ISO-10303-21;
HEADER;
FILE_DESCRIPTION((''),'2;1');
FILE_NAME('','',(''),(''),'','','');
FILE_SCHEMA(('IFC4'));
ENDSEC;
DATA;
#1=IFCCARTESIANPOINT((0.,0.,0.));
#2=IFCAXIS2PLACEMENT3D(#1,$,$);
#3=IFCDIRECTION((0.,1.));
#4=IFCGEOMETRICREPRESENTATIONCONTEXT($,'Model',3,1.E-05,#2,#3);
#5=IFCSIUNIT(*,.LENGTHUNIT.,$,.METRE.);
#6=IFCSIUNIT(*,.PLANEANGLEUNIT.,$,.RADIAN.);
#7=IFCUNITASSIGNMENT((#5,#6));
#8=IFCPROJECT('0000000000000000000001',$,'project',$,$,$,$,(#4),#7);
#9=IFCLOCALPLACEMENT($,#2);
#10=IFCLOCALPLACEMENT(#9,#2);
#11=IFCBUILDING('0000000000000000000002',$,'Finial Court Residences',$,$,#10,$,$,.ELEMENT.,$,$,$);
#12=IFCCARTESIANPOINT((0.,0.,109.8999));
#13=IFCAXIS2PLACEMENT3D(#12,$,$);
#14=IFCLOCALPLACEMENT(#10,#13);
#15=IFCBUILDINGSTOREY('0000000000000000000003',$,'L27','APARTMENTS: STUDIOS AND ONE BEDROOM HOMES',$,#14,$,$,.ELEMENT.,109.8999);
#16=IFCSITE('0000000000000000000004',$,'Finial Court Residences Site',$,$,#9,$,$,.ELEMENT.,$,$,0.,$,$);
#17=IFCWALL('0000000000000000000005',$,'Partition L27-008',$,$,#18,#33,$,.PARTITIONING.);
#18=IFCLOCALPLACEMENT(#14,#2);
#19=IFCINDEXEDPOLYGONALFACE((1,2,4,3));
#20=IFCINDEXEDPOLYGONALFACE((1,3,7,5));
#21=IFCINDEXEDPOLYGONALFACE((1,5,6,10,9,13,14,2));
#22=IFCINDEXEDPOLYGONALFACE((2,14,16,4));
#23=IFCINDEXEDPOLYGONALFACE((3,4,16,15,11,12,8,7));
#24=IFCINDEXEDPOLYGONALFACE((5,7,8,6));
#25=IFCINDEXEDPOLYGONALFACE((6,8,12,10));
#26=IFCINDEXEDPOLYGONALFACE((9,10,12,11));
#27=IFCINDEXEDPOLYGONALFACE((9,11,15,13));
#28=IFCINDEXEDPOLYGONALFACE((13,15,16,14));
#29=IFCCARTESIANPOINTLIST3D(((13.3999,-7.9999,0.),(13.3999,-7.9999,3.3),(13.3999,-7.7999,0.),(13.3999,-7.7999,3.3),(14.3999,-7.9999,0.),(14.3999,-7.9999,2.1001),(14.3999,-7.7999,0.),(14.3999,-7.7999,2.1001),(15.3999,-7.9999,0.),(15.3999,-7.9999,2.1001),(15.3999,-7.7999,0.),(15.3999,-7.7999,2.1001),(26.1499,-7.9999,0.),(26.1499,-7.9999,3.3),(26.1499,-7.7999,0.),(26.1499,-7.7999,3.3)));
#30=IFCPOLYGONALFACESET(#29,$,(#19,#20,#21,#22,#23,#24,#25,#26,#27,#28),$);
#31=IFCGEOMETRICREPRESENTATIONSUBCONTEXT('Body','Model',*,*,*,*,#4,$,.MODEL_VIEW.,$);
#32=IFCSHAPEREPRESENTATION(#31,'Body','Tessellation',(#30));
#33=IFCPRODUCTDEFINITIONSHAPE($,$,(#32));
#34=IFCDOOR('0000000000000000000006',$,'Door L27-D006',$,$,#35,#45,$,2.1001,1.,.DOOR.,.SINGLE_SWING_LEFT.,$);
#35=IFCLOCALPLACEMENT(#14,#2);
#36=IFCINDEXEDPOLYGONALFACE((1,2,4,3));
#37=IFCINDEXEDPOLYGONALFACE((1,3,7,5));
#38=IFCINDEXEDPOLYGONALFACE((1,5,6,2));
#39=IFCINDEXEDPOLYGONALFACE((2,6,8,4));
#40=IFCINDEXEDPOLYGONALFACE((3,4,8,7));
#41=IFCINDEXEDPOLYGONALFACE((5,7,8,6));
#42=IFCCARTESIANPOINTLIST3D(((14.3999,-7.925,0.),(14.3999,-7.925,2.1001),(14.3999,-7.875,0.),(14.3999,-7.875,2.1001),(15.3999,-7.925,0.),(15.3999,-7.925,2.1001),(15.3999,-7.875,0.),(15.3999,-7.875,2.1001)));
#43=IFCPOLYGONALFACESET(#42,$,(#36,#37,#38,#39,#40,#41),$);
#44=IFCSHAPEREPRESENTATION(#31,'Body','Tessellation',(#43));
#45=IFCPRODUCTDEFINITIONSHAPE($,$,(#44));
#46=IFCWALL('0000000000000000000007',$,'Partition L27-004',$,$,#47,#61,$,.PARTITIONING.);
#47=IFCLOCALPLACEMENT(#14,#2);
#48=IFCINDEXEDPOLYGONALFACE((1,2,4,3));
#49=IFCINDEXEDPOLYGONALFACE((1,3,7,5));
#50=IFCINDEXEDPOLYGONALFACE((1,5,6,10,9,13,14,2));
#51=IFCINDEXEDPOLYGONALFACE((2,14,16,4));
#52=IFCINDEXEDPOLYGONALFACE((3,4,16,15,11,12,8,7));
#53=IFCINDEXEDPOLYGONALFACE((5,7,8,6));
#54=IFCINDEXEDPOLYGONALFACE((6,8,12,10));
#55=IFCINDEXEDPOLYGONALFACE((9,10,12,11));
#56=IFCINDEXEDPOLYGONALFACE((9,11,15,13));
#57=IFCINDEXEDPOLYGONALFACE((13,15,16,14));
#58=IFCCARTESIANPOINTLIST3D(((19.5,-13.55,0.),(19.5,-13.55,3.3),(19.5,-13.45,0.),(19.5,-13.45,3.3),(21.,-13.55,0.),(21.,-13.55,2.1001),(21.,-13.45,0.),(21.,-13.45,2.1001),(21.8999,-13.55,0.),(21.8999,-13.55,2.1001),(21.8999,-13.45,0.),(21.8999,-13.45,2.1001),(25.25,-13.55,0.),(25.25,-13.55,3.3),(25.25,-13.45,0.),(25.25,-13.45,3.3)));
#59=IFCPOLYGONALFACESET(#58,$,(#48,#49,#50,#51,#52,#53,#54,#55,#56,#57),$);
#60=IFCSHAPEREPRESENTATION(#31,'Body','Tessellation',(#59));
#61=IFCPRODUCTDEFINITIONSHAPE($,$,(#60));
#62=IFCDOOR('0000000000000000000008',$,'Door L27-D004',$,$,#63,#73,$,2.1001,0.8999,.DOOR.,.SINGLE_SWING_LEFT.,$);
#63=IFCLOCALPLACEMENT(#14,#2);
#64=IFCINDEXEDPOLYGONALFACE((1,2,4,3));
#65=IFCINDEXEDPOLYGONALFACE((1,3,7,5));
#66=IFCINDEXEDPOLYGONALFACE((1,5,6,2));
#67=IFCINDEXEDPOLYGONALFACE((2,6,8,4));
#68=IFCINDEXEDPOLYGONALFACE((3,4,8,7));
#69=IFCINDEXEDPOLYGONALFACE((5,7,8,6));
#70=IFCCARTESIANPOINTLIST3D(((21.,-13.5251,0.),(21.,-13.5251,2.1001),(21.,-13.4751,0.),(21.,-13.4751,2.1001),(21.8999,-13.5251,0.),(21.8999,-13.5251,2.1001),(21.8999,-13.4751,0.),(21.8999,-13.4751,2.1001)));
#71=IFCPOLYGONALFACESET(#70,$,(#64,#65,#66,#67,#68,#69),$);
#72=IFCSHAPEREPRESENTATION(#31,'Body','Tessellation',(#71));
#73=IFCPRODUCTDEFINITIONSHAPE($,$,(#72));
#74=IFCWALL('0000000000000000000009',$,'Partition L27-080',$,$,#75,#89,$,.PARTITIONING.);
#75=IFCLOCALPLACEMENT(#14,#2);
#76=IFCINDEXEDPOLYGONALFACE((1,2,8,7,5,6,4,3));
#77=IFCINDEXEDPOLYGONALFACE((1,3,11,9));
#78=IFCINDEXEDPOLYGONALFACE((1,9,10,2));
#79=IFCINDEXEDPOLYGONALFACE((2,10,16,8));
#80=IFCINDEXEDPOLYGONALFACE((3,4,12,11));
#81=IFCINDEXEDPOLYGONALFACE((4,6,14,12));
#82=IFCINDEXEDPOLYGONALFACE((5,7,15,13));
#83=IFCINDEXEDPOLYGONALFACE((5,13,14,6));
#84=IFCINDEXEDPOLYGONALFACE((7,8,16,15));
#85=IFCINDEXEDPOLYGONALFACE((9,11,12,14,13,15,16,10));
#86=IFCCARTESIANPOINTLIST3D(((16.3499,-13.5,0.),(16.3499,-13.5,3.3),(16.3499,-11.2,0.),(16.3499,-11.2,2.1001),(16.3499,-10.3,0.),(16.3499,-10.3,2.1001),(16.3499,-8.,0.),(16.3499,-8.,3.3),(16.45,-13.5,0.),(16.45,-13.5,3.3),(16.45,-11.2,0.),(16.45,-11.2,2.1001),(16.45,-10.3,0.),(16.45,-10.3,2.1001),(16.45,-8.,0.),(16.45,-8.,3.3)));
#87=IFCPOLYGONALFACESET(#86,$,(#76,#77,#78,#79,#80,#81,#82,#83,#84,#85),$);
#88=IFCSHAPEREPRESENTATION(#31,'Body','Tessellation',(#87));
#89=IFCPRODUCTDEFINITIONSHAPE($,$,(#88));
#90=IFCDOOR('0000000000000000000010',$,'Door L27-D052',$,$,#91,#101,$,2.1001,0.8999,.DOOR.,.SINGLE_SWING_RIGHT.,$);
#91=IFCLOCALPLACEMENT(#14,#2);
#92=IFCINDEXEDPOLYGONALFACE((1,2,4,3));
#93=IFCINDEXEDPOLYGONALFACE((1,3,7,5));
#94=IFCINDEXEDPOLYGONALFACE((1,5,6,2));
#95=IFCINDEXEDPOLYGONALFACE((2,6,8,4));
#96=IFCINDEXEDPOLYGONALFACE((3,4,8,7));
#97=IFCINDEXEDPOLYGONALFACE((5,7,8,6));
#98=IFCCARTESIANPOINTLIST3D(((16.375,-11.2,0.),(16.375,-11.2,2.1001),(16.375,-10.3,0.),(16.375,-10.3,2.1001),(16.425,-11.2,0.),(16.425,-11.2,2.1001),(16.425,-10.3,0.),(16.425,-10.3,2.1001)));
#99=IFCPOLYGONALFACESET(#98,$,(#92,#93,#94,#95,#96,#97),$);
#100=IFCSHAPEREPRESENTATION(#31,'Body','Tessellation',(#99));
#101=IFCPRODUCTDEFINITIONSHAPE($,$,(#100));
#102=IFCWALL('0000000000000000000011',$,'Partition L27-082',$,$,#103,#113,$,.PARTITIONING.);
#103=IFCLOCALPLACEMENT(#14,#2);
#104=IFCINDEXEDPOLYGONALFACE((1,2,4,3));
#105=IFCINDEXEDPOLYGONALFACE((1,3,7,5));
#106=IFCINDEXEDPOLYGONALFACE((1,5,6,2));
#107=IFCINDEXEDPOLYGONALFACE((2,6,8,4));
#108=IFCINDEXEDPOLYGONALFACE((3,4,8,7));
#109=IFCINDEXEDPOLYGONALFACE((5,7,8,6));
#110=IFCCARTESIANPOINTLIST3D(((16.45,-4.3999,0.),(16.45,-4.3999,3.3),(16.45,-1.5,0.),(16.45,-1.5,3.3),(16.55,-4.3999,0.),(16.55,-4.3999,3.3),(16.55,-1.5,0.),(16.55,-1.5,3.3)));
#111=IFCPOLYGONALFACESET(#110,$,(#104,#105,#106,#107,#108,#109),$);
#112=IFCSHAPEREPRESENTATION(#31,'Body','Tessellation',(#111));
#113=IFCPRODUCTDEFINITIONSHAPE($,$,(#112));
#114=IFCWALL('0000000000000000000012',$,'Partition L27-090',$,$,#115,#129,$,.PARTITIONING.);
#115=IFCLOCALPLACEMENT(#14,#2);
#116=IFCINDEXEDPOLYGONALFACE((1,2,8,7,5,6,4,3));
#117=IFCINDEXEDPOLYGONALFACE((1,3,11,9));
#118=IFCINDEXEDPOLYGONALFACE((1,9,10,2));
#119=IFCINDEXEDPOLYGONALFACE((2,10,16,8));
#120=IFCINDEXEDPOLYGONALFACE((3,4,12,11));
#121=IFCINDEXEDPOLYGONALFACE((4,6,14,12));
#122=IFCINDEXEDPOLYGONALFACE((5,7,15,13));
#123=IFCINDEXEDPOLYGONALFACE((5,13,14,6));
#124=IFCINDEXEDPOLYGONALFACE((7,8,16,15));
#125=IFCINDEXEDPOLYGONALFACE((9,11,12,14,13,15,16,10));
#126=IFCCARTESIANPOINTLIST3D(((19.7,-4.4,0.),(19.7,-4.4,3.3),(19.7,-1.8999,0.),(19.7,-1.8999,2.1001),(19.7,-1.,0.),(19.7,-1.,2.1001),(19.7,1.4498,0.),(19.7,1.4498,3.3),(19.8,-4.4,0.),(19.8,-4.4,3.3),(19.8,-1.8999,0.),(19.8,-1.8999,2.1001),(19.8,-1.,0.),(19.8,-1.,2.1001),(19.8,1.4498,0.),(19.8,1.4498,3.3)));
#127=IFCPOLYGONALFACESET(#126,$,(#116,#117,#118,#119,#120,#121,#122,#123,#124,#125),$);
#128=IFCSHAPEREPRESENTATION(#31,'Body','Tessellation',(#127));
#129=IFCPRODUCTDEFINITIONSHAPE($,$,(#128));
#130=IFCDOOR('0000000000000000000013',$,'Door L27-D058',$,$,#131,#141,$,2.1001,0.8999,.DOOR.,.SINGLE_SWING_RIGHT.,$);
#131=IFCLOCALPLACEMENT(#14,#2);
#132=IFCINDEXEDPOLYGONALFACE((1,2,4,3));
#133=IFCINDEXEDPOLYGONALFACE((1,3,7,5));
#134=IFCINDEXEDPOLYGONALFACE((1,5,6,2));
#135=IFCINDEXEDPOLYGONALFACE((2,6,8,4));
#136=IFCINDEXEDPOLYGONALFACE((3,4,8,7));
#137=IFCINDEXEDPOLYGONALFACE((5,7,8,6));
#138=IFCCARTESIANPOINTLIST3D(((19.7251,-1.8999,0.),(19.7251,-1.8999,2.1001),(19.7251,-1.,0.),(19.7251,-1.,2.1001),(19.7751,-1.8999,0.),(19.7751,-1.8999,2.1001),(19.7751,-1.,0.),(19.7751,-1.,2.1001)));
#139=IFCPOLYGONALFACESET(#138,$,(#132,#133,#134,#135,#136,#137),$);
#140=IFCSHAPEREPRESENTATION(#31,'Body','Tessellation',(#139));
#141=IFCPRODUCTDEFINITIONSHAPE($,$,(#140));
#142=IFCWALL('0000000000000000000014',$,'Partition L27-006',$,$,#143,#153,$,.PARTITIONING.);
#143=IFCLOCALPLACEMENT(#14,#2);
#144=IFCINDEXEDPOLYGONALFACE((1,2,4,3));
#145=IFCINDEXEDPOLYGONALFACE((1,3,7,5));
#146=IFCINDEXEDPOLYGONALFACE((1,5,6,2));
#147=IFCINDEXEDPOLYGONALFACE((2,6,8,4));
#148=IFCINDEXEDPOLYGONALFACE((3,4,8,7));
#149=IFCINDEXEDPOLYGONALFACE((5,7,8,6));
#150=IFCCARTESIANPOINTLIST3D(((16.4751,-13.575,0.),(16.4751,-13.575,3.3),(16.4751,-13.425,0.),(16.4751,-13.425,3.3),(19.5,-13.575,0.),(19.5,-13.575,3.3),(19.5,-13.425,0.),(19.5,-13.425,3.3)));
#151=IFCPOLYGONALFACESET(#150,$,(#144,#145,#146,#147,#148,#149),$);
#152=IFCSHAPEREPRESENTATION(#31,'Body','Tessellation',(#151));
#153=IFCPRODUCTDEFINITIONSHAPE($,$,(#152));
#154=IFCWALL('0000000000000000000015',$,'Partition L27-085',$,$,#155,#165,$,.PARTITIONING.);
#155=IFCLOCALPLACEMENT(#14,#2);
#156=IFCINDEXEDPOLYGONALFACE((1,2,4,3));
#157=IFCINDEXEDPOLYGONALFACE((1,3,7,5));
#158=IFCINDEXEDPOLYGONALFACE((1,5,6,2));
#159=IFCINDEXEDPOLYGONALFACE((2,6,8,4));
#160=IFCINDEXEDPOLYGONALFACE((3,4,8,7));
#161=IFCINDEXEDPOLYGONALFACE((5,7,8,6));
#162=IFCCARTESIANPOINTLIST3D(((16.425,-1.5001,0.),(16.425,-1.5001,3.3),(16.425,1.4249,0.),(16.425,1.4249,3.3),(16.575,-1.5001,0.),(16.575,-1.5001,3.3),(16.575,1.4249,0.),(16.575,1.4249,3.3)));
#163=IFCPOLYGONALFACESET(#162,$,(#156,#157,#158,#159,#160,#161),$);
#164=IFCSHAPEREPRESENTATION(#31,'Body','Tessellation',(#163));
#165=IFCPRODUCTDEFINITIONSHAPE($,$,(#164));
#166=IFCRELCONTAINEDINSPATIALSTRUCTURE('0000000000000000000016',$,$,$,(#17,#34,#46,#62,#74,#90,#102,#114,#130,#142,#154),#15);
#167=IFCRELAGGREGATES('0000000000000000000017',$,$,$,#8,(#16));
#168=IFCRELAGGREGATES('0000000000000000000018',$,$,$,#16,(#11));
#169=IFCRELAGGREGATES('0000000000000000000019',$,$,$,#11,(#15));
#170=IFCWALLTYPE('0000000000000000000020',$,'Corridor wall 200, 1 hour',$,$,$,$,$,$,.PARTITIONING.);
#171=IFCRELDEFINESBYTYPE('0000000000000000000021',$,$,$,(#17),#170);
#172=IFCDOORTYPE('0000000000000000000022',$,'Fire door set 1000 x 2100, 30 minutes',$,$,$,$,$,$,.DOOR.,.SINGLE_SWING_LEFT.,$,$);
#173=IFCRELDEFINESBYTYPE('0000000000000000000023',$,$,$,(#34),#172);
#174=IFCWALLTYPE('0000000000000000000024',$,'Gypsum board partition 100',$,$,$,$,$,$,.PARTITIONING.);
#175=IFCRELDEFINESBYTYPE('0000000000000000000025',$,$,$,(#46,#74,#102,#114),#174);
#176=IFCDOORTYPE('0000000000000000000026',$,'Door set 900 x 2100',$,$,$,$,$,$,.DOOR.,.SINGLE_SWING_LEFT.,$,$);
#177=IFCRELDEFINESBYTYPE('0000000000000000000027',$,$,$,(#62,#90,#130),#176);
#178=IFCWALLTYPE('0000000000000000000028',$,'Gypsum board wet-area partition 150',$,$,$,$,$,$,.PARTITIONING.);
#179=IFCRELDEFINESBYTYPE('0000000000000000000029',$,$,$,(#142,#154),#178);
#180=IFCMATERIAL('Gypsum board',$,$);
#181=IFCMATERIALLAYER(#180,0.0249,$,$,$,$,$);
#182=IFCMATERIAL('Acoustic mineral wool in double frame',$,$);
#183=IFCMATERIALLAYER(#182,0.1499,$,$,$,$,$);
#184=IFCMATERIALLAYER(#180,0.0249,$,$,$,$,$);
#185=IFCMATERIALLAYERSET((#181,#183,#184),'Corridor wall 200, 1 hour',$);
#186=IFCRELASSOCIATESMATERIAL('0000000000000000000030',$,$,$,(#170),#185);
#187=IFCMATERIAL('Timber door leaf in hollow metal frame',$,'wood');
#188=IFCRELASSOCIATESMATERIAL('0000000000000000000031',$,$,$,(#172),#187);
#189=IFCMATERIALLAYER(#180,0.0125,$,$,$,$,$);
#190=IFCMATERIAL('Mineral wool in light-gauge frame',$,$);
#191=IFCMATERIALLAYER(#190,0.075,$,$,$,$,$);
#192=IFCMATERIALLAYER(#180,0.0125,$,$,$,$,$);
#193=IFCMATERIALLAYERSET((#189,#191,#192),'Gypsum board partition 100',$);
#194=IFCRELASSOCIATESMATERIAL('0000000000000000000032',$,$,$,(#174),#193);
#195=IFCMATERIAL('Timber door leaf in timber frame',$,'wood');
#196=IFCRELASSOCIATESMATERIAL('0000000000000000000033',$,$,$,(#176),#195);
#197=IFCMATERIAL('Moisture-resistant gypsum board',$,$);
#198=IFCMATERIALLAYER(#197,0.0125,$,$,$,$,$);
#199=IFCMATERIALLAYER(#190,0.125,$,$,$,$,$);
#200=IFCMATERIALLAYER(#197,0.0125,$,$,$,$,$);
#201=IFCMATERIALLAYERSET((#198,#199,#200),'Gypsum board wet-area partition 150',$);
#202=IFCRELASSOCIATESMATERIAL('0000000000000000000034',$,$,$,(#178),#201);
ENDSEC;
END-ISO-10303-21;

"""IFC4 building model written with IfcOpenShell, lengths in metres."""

from ifc_helpers import new_model, si_unit, direction, frame, frame_2d, origin, place, context, subcontext, project, spatial, rectangle, extrude, material, layer, layer_set, type_object, element, fill, save


model = new_model("IFC4")

# Units and contexts
model_context = context("Model", 3, precision=1e-05, world=origin(), true_north=direction((0.0, 1.0)))
body_context = subcontext(model_context, "Body", "Model", "MODEL_VIEW")
ifc_project = project(units=[si_unit("LENGTHUNIT", "METRE"), si_unit("PLANEANGLEUNIT", "RADIAN")], contexts=[model_context])

# Site, building, storey
site_placement = place(None, origin())
site = spatial("IfcSite", under=ifc_project, at=site_placement, Name="Finial Court Residences Site", CompositionType="ELEMENT", RefElevation=0.0)
building_placement = place(site_placement, origin())
building = spatial("IfcBuilding", under=site, at=building_placement, Name="Finial Court Residences", CompositionType="ELEMENT")
storey_placement = place(building_placement, frame((0.0, 0.0, 109.8999)))
storey = spatial("IfcBuildingStorey", under=building, at=storey_placement, Name="L27", Description="APARTMENTS: STUDIOS AND ONE BEDROOM HOMES", CompositionType="ELEMENT", Elevation=109.8999)

# Walls, openings, doors
ifc_material_1 = material(Name="Gypsum board")
ifc_layer_1 = layer(ifc_material_1, 0.0249)
ifc_material_2 = material(Name="Acoustic mineral wool in double frame")
ifc_layer_2 = layer(ifc_material_2, 0.1499)
ifc_layer_3 = layer(ifc_material_1, 0.0249)
ifc_layer_set_1 = layer_set([ifc_layer_1, ifc_layer_2, ifc_layer_3], Name="Corridor wall 200, 1 hour")
wall_type_1 = type_object("IfcWallType", Name="Corridor wall 200, 1 hour", PredefinedType="PARTITIONING", material=ifc_layer_set_1)
wall_1_placement = place(storey_placement, frame((13.3999, -7.8999, 0.0), z_axis=(0.0, 0.0, 1.0), x_axis=(1.0, 0.0, 0.0)))
wall_1 = element("IfcWall", 1, at=wall_1_placement, inside=storey, type_object=wall_type_1, Name="Partition L27-008", PredefinedType="PARTITIONING", context=body_context, shape_type="SweptSolid", body=[
    extrude(rectangle(XDim=12.75, YDim=0.2, at=frame_2d((6.375, 0.0))), origin(), (0.0, 0.0, 1.0), 3.3),
])
opening_1_placement = place(wall_1_placement, frame((1.0, 0.0, 0.0)))
opening_1 = element("IfcOpeningElement", 2, at=opening_1_placement, cuts=wall_1, PredefinedType="OPENING", context=body_context, shape_type="SweptSolid", body=[
    extrude(rectangle(XDim=1.0, YDim=2.1001, at=frame_2d((0.5, 1.05))), frame((0.0, 0.1099, 0.0), z_axis=(0.0, -1.0, 0.0), x_axis=(1.0, 0.0, 0.0)), (0.0, 0.0, 1.0), 0.22),
])
ifc_material_3 = material(Name="Timber door leaf in hollow metal frame", Category="wood")
door_type_1 = type_object("IfcDoorType", Name="Fire door set 1000 x 2100, 30 minutes", OperationType="SINGLE_SWING_LEFT", PredefinedType="DOOR", material=ifc_material_3)
door_1_placement = place(opening_1_placement, origin())
door_1 = element("IfcDoor", 3, at=door_1_placement, inside=storey, type_object=door_type_1, Name="Door L27-D006", OperationType="SINGLE_SWING_LEFT", OverallHeight=2.1001, OverallWidth=1.0, PredefinedType="DOOR", context=body_context, shape_type="SweptSolid", body=[
    extrude(rectangle(XDim=1.0, YDim=2.1001, at=frame_2d((0.5, 1.05))), frame((0.0, 0.0249, 0.0), z_axis=(0.0, -1.0, 0.0), x_axis=(1.0, 0.0, 0.0)), (0.0, 0.0, 1.0), 0.05),
])
fill(opening_1, door_1)
ifc_layer_4 = layer(ifc_material_1, 0.0125)
ifc_material_4 = material(Name="Mineral wool in light-gauge frame")
ifc_layer_5 = layer(ifc_material_4, 0.075)
ifc_layer_6 = layer(ifc_material_1, 0.0125)
ifc_layer_set_2 = layer_set([ifc_layer_4, ifc_layer_5, ifc_layer_6], Name="Gypsum board partition 100")
wall_type_2 = type_object("IfcWallType", Name="Gypsum board partition 100", PredefinedType="PARTITIONING", material=ifc_layer_set_2)
wall_2_placement = place(storey_placement, frame((19.5, -13.5, 0.0), z_axis=(0.0, 0.0, 1.0), x_axis=(1.0, 0.0, 0.0)))
wall_2 = element("IfcWall", 4, at=wall_2_placement, inside=storey, type_object=wall_type_2, Name="Partition L27-004", PredefinedType="PARTITIONING", context=body_context, shape_type="SweptSolid", body=[
    extrude(rectangle(XDim=5.75, YDim=0.1001, at=frame_2d((2.875, 0.0))), origin(), (0.0, 0.0, 1.0), 3.3),
])
opening_2_placement = place(wall_2_placement, frame((1.5, 0.0, 0.0)))
opening_2 = element("IfcOpeningElement", 5, at=opening_2_placement, cuts=wall_2, PredefinedType="OPENING", context=body_context, shape_type="SweptSolid", body=[
    extrude(rectangle(XDim=0.8999, YDim=2.1001, at=frame_2d((0.45, 1.05))), frame((0.0, 0.0601, 0.0), z_axis=(0.0, -1.0, 0.0), x_axis=(1.0, 0.0, 0.0)), (0.0, 0.0, 1.0), 0.1201),
])
ifc_material_5 = material(Name="Timber door leaf in timber frame", Category="wood")
door_type_2 = type_object("IfcDoorType", Name="Door set 900 x 2100", OperationType="SINGLE_SWING_LEFT", PredefinedType="DOOR", material=ifc_material_5)
door_2_placement = place(opening_2_placement, origin())
door_2 = element("IfcDoor", 6, at=door_2_placement, inside=storey, type_object=door_type_2, Name="Door L27-D004", OperationType="SINGLE_SWING_LEFT", OverallHeight=2.1001, OverallWidth=0.8999, PredefinedType="DOOR", context=body_context, shape_type="SweptSolid", body=[
    extrude(rectangle(XDim=0.8999, YDim=2.1001, at=frame_2d((0.45, 1.05))), frame((0.0, 0.0249, 0.0), z_axis=(0.0, -1.0, 0.0), x_axis=(1.0, 0.0, 0.0)), (0.0, 0.0, 1.0), 0.05),
])
fill(opening_2, door_2)
wall_3_placement = place(storey_placement, frame((16.3999, -13.5, 0.0), z_axis=(0.0, 0.0, 1.0), x_axis=(0.0, 1.0, 0.0)))
wall_3 = element("IfcWall", 7, at=wall_3_placement, inside=storey, type_object=wall_type_2, Name="Partition L27-080", PredefinedType="PARTITIONING", context=body_context, shape_type="SweptSolid", body=[
    extrude(rectangle(XDim=5.5, YDim=0.1001, at=frame_2d((2.75, 0.0))), origin(), (0.0, 0.0, 1.0), 3.3),
])
opening_3_placement = place(wall_3_placement, frame((2.3, 0.0, 0.0)))
opening_3 = element("IfcOpeningElement", 8, at=opening_3_placement, cuts=wall_3, PredefinedType="OPENING", context=body_context, shape_type="SweptSolid", body=[
    extrude(rectangle(XDim=0.8999, YDim=2.1001, at=frame_2d((0.45, 1.05))), frame((0.0, 0.0601, 0.0), z_axis=(0.0, -1.0, 0.0), x_axis=(1.0, 0.0, 0.0)), (0.0, 0.0, 1.0), 0.1201),
])
door_3_placement = place(opening_3_placement, origin())
door_3 = element("IfcDoor", 9, at=door_3_placement, inside=storey, type_object=door_type_2, Name="Door L27-D052", OperationType="SINGLE_SWING_RIGHT", OverallHeight=2.1001, OverallWidth=0.8999, PredefinedType="DOOR", context=body_context, shape_type="SweptSolid", body=[
    extrude(rectangle(XDim=0.8999, YDim=2.1001, at=frame_2d((0.45, 1.05))), frame((0.0, 0.0249, 0.0), z_axis=(0.0, -1.0, 0.0), x_axis=(1.0, 0.0, 0.0)), (0.0, 0.0, 1.0), 0.05),
])
fill(opening_3, door_3)

# Wall
wall_4_placement = place(storey_placement, frame((16.5, -4.3999, 0.0), z_axis=(0.0, 0.0, 1.0), x_axis=(0.0, 1.0, 0.0)))
element("IfcWall", 10, at=wall_4_placement, inside=storey, type_object=wall_type_2, Name="Partition L27-082", PredefinedType="PARTITIONING", context=body_context, shape_type="SweptSolid", body=[
    extrude(rectangle(XDim=2.8999, YDim=0.1001, at=frame_2d((1.45, 0.0))), origin(), (0.0, 0.0, 1.0), 3.3),
])

# Wall, opening, door
wall_5_placement = place(storey_placement, frame((19.75, -4.3999, 0.0), z_axis=(0.0, 0.0, 1.0), x_axis=(0.0, 1.0, 0.0)))
wall_5 = element("IfcWall", 11, at=wall_5_placement, inside=storey, type_object=wall_type_2, Name="Partition L27-090", PredefinedType="PARTITIONING", context=body_context, shape_type="SweptSolid", body=[
    extrude(rectangle(XDim=5.8499, YDim=0.1001, at=frame_2d((2.9248, 0.0))), origin(), (0.0, 0.0, 1.0), 3.3),
])
opening_4_placement = place(wall_5_placement, frame((2.5, 0.0, 0.0)))
opening_4 = element("IfcOpeningElement", 12, at=opening_4_placement, cuts=wall_5, PredefinedType="OPENING", context=body_context, shape_type="SweptSolid", body=[
    extrude(rectangle(XDim=0.8999, YDim=2.1001, at=frame_2d((0.45, 1.05))), frame((0.0, 0.0601, 0.0), z_axis=(0.0, -1.0, 0.0), x_axis=(1.0, 0.0, 0.0)), (0.0, 0.0, 1.0), 0.1201),
])
door_4_placement = place(opening_4_placement, origin())
door_4 = element("IfcDoor", 13, at=door_4_placement, inside=storey, type_object=door_type_2, Name="Door L27-D058", OperationType="SINGLE_SWING_RIGHT", OverallHeight=2.1001, OverallWidth=0.8999, PredefinedType="DOOR", context=body_context, shape_type="SweptSolid", body=[
    extrude(rectangle(XDim=0.8999, YDim=2.1001, at=frame_2d((0.45, 1.05))), frame((0.0, 0.0249, 0.0), z_axis=(0.0, -1.0, 0.0), x_axis=(1.0, 0.0, 0.0)), (0.0, 0.0, 1.0), 0.05),
])
fill(opening_4, door_4)

# Walls
ifc_material_6 = material(Name="Moisture-resistant gypsum board")
ifc_layer_7 = layer(ifc_material_6, 0.0125)
ifc_layer_8 = layer(ifc_material_4, 0.125)
ifc_layer_9 = layer(ifc_material_6, 0.0125)
ifc_layer_set_3 = layer_set([ifc_layer_7, ifc_layer_8, ifc_layer_9], Name="Gypsum board wet-area partition 150")
wall_type_3 = type_object("IfcWallType", Name="Gypsum board wet-area partition 150", PredefinedType="PARTITIONING", material=ifc_layer_set_3)
wall_6_placement = place(storey_placement, frame((16.4751, -13.5, 0.0), z_axis=(0.0, 0.0, 1.0), x_axis=(1.0, 0.0, 0.0)))
element("IfcWall", 14, at=wall_6_placement, inside=storey, type_object=wall_type_3, Name="Partition L27-006", PredefinedType="PARTITIONING", context=body_context, shape_type="SweptSolid", body=[
    extrude(rectangle(XDim=3.0249, YDim=0.1499, at=frame_2d((1.5125, 0.0))), origin(), (0.0, 0.0, 1.0), 3.3),
])
wall_7_placement = place(storey_placement, frame((16.5, -1.5, 0.0), z_axis=(0.0, 0.0, 1.0), x_axis=(0.0, 1.0, 0.0)))
element("IfcWall", 15, at=wall_7_placement, inside=storey, type_object=wall_type_3, Name="Partition L27-085", PredefinedType="PARTITIONING", context=body_context, shape_type="SweptSolid", body=[
    extrude(rectangle(XDim=2.925, YDim=0.1499, at=frame_2d((1.4624, 0.0))), origin(), (0.0, 0.0, 1.0), 3.3),
])

save(model, "model.ifc")
